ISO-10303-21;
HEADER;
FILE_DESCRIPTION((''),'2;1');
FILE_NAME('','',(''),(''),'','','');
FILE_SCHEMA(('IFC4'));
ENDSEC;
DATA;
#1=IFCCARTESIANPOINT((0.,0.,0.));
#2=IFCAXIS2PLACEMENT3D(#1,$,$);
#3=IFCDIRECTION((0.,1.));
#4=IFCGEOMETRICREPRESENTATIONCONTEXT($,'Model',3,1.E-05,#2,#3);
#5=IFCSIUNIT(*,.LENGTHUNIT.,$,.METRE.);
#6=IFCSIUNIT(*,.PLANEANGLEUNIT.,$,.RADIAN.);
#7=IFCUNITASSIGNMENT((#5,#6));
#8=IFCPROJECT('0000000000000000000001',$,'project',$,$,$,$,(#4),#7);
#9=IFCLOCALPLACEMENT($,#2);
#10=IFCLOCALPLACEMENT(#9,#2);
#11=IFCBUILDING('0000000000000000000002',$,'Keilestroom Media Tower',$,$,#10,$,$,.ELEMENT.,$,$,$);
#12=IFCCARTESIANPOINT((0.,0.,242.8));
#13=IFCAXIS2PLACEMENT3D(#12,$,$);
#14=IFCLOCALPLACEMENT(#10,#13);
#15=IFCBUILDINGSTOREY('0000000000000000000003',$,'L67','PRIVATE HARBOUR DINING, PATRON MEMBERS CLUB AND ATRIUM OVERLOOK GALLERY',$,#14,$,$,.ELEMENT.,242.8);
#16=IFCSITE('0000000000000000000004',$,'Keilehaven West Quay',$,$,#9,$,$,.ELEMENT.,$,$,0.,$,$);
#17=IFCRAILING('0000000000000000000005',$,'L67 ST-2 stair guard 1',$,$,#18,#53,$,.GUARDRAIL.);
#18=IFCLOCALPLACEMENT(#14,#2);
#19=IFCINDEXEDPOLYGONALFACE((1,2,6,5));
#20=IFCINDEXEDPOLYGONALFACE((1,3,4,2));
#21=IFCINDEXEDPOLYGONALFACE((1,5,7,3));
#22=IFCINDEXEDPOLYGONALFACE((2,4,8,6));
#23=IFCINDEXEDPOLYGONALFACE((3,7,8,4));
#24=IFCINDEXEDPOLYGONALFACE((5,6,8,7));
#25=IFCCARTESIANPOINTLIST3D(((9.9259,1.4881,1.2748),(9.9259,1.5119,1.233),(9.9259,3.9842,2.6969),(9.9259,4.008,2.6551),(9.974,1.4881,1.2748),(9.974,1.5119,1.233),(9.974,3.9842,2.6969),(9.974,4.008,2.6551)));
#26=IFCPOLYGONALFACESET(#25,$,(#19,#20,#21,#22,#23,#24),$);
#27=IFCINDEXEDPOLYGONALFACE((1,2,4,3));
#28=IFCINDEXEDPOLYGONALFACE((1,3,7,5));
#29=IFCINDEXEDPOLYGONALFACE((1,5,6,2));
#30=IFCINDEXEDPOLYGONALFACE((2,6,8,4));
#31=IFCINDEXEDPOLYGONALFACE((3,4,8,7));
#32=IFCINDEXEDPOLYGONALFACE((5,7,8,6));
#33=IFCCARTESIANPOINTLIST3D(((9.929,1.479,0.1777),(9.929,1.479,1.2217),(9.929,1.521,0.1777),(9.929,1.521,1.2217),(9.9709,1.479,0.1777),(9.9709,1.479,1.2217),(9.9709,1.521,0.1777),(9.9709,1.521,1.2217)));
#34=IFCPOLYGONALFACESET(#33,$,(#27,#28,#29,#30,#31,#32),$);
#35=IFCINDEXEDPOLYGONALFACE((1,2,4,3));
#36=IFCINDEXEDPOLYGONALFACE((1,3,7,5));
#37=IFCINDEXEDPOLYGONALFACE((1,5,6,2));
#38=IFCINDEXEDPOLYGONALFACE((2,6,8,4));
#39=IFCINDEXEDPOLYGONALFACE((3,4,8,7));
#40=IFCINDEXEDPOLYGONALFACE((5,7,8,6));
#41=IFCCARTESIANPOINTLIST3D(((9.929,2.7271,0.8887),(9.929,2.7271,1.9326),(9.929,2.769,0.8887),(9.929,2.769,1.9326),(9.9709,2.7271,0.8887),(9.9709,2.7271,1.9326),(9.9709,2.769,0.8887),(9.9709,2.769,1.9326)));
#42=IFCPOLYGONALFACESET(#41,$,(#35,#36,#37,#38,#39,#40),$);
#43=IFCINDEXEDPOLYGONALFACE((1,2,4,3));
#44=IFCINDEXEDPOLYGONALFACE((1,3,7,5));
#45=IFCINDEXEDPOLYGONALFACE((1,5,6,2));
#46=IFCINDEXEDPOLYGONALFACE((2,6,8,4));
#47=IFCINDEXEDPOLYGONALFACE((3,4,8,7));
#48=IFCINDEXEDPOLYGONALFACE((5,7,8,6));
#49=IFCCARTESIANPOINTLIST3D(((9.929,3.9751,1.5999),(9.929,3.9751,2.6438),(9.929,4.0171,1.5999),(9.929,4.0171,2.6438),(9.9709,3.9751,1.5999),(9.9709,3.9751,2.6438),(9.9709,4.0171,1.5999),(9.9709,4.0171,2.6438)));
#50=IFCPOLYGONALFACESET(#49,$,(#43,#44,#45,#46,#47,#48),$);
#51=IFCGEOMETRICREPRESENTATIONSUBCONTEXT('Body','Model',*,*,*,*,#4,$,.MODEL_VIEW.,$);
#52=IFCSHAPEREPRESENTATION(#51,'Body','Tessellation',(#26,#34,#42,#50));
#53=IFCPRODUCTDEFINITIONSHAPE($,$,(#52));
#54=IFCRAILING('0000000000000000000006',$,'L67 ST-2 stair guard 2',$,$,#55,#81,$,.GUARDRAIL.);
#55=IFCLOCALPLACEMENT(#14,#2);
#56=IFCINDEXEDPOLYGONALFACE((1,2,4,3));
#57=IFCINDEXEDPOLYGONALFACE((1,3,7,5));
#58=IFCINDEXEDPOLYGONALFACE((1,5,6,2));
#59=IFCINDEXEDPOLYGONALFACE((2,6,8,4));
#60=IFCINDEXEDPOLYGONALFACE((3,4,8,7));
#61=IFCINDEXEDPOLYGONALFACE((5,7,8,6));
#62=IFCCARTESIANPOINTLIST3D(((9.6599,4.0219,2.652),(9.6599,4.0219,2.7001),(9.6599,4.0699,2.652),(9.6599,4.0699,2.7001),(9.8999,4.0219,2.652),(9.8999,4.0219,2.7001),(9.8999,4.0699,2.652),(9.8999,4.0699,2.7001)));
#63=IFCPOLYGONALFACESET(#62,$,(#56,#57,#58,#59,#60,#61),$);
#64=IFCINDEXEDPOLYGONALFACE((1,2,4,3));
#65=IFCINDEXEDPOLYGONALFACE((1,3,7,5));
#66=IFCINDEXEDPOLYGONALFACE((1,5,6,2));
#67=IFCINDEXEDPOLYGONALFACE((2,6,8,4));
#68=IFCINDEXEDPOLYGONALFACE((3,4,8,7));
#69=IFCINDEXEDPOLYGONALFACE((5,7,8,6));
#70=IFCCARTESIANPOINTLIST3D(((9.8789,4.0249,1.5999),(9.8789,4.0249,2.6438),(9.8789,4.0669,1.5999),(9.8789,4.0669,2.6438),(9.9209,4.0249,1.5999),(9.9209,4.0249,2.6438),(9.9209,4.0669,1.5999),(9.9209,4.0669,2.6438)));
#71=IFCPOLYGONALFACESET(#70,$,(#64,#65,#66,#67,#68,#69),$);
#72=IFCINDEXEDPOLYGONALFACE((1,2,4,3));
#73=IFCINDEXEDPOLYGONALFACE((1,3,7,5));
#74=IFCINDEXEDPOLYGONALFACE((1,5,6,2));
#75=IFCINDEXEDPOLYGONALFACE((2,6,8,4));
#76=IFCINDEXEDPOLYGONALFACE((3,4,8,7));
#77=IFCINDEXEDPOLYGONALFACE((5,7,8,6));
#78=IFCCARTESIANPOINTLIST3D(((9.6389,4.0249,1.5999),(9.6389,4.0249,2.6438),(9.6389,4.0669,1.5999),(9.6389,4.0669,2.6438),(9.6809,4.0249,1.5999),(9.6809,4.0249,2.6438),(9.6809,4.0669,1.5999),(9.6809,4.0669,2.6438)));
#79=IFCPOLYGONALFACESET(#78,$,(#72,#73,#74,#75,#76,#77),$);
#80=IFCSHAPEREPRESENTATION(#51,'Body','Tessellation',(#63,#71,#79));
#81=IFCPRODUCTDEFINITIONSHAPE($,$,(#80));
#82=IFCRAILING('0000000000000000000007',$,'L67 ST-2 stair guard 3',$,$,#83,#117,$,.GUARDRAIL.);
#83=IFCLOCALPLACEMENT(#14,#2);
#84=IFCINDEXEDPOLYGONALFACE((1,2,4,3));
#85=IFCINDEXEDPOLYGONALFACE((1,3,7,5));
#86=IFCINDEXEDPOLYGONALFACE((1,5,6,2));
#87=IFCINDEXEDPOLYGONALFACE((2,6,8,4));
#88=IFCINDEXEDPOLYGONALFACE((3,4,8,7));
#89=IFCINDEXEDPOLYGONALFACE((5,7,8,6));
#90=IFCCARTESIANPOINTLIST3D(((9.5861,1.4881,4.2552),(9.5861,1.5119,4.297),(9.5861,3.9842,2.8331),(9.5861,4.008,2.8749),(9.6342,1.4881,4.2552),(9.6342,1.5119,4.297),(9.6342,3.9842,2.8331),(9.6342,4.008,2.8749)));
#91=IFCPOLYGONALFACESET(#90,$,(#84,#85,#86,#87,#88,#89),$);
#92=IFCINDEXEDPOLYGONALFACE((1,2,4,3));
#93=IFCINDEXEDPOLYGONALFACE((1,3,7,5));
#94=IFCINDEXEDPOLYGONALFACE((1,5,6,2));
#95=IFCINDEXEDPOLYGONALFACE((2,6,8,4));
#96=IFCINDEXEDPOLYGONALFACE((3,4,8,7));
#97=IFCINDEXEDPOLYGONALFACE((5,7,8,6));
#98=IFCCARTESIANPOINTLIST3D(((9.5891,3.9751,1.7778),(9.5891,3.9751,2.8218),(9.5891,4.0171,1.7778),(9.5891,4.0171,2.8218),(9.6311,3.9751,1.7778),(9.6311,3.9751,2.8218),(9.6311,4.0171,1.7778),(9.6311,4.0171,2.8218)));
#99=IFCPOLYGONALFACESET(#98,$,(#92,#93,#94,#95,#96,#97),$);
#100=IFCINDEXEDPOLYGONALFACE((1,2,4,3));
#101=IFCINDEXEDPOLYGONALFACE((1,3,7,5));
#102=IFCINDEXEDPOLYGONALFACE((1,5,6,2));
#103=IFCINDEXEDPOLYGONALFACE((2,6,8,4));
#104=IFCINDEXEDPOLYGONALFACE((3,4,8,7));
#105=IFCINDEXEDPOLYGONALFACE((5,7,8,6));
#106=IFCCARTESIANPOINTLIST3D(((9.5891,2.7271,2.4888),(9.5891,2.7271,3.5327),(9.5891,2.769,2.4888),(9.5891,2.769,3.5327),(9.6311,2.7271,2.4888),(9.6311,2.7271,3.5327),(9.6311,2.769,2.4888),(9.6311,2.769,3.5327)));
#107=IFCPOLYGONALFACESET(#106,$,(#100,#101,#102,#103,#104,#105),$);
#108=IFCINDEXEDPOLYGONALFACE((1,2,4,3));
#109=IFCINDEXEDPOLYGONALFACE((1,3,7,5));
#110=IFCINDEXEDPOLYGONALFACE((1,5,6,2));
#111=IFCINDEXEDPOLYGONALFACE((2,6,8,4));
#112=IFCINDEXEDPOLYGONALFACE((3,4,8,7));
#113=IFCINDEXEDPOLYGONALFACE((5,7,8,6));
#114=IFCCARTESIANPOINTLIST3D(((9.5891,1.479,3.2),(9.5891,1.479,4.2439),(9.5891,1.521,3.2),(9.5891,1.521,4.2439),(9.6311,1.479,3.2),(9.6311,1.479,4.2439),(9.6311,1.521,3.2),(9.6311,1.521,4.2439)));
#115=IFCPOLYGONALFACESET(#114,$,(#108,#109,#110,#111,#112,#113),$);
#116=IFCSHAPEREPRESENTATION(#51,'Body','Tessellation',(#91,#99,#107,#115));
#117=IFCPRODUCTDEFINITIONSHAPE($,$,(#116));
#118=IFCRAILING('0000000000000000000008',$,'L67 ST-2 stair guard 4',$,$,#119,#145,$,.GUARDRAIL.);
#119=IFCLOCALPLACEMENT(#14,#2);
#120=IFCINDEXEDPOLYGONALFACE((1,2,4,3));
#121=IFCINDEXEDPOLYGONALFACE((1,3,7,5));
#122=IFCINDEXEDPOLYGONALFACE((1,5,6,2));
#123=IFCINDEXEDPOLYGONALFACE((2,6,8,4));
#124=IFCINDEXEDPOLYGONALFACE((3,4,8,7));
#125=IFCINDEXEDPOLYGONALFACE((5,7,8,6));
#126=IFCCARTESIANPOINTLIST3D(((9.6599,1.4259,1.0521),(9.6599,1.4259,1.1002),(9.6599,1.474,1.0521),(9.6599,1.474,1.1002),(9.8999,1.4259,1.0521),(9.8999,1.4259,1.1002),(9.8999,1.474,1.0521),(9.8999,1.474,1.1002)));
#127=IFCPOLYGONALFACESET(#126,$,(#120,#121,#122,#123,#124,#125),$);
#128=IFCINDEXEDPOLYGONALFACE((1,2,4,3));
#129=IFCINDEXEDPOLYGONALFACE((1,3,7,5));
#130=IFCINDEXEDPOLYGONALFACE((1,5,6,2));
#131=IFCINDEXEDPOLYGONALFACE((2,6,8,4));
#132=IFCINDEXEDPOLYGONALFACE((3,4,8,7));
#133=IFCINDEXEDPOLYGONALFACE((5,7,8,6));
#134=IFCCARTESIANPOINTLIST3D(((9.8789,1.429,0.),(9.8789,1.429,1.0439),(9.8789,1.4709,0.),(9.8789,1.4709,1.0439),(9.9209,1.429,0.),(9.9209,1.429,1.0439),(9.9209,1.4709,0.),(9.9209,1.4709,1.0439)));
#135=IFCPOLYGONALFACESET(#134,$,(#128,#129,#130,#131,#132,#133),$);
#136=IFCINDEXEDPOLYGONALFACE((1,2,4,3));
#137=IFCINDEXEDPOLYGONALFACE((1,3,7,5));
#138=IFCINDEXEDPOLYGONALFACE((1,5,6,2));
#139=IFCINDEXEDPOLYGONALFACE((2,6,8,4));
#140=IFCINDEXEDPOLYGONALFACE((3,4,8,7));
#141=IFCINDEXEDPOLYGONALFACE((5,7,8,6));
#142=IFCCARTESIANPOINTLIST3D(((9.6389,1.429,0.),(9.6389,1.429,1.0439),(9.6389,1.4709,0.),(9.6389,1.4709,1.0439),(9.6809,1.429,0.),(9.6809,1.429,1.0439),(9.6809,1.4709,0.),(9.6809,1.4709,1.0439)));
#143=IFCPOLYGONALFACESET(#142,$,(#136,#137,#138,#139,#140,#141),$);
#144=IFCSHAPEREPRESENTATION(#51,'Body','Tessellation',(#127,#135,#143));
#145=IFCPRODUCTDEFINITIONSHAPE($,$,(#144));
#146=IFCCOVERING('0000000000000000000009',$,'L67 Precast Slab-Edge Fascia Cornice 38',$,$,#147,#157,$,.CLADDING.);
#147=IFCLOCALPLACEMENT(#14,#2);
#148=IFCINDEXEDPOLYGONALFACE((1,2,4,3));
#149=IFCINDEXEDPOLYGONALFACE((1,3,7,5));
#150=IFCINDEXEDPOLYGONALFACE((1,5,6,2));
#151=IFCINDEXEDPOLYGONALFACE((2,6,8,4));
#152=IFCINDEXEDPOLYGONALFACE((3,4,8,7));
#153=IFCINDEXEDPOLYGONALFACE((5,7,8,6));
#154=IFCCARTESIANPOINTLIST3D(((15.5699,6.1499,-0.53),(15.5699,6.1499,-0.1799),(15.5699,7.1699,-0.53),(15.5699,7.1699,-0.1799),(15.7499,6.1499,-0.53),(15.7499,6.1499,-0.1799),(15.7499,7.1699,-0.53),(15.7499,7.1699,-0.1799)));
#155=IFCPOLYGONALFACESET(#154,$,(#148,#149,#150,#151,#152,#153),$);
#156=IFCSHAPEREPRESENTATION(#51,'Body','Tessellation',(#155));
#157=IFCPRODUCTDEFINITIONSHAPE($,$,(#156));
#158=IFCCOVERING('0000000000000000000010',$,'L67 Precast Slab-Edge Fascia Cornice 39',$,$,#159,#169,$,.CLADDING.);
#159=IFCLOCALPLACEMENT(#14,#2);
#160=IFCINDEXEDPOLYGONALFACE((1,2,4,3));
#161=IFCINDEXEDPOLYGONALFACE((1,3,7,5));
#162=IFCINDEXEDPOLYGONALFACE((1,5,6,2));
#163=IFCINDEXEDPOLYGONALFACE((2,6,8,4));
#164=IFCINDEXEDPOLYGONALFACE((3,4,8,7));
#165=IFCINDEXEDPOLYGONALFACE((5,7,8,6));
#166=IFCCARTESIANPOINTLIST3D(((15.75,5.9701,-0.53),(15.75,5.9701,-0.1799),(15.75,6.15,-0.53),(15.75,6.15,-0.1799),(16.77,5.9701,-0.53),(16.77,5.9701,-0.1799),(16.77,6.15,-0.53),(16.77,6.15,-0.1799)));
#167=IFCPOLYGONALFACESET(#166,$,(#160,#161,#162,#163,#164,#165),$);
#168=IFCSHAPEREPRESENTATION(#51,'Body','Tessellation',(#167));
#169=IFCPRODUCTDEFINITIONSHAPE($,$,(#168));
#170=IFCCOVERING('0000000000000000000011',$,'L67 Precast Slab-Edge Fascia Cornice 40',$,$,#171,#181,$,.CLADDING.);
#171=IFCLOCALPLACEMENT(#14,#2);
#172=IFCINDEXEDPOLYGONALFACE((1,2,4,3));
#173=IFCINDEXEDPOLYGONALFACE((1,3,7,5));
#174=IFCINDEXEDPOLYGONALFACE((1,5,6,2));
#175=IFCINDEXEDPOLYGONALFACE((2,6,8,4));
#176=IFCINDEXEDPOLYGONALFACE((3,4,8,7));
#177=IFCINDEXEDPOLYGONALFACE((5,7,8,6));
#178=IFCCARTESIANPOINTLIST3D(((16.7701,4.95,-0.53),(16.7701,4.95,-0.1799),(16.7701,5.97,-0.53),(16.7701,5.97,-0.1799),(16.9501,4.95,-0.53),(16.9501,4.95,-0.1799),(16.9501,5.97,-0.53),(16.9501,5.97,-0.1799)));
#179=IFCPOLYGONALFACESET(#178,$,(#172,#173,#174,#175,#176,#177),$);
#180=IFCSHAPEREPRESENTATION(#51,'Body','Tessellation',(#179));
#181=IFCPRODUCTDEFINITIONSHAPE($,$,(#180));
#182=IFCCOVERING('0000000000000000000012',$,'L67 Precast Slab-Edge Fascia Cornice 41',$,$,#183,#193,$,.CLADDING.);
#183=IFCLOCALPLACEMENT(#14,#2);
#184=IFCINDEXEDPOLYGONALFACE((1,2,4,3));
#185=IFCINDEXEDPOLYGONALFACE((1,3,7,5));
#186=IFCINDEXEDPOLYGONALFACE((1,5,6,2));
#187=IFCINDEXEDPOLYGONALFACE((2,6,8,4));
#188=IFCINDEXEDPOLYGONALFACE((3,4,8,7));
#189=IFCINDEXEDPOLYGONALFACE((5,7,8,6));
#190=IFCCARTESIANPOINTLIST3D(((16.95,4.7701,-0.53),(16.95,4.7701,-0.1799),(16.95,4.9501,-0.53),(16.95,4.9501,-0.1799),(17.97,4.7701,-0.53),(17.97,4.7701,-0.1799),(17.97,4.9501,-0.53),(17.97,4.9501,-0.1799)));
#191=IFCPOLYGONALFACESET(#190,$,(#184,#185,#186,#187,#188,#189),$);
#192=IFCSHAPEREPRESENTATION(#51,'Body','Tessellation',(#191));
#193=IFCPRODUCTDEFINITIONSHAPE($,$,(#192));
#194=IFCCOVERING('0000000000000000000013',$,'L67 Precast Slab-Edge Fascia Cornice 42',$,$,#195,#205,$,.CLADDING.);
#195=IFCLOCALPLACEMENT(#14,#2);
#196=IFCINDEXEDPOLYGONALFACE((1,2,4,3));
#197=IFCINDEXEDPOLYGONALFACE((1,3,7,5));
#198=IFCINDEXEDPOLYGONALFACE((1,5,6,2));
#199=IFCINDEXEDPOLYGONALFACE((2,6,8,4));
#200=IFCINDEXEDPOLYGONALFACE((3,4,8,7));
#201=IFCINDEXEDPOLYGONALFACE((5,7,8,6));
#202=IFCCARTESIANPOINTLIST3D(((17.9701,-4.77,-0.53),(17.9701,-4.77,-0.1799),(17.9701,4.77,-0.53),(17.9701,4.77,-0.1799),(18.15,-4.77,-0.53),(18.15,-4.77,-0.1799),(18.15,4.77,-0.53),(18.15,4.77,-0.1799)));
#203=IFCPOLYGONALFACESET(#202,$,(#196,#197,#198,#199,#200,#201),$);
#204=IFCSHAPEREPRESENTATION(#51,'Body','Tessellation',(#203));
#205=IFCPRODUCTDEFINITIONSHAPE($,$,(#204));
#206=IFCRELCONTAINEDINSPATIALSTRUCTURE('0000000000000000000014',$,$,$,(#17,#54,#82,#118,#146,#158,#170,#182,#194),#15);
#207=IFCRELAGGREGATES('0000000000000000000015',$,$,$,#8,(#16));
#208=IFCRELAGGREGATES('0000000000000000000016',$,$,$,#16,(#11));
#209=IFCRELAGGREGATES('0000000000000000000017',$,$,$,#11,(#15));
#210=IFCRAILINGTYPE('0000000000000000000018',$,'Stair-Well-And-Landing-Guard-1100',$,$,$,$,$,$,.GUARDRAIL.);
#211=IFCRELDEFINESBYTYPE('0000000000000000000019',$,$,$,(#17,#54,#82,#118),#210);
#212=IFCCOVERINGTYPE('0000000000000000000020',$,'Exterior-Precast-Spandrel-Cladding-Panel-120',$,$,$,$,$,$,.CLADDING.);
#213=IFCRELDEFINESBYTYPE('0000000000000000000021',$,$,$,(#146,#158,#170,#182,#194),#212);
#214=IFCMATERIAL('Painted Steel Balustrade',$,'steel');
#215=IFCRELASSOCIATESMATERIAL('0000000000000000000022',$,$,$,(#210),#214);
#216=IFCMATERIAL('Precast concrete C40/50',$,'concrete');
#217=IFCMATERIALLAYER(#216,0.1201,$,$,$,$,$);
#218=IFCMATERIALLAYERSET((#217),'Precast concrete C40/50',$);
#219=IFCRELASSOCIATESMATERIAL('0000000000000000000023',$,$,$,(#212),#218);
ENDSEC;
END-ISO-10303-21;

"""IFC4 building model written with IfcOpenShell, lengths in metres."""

from ifc_helpers import new_model, si_unit, direction, frame, origin, origin_2d, place, context, subcontext, project, spatial, rectangle, extrude, source, transform, mapped, material, layer, layer_set, type_object, element, save


model = new_model("IFC4")

# Units and contexts
model_context = context("Model", 3, precision=1e-05, world=origin(), true_north=direction((0.0, 1.0)))
body_context = subcontext(model_context, "Body", "Model", "MODEL_VIEW")
ifc_project = project(units=[si_unit("LENGTHUNIT", "METRE"), si_unit("PLANEANGLEUNIT", "RADIAN")], contexts=[model_context])

# Site, building, storey
site_placement = place(None, origin())
site = spatial("IfcSite", under=ifc_project, at=site_placement, Name="Keilehaven West Quay", CompositionType="ELEMENT", RefElevation=0.0)
building_placement = place(site_placement, origin())
building = spatial("IfcBuilding", under=site, at=building_placement, Name="Keilestroom Media Tower", CompositionType="ELEMENT")
storey_placement = place(building_placement, frame((0.0, 0.0, 242.8)))
storey = spatial("IfcBuildingStorey", under=building, at=storey_placement, Name="L67", Description="PRIVATE HARBOUR DINING, PATRON MEMBERS CLUB AND ATRIUM OVERLOOK GALLERY", CompositionType="ELEMENT", Elevation=242.8)

# Shared definitions
ifc_material_1 = material(Name="Precast concrete C40/50", Category="concrete")

# Railings
ifc_material_2 = material(Name="Painted Steel Balustrade", Category="steel")
railing_type_1 = type_object("IfcRailingType", Name="Stair-Well-And-Landing-Guard-1100", PredefinedType="GUARDRAIL", material=ifc_material_2)
railing_1_placement = place(storey_placement, frame((9.95, 1.5, 0.1777)))
element("IfcRailing", 1, at=railing_1_placement, inside=storey, type_object=railing_type_1, Name="L67 ST-2 stair guard 1", PredefinedType="GUARDRAIL", context=body_context, shape_type="SweptSolid", body=[
    extrude(rectangle(XDim=0.0481, YDim=0.0481, at=origin_2d()), frame((0.0, 0.0, 1.0762), z_axis=(0.0, 0.868875, 0.495031), x_axis=(-1.0, 0.0, 0.0)), (0.0, 0.0, 1.0), 2.8728),
    extrude(rectangle(XDim=0.042, YDim=0.042, at=origin_2d()), origin(), (0.0, 0.0, 1.0), 1.0439),
    extrude(rectangle(XDim=0.042, YDim=0.042, at=origin_2d()), frame((0.0, 1.248, 0.7109)), (0.0, 0.0, 1.0), 1.0439),
    extrude(rectangle(XDim=0.042, YDim=0.042, at=origin_2d()), frame((0.0, 2.4961, 1.4221)), (0.0, 0.0, 1.0), 1.0439),
])
railing_2_placement = place(storey_placement, frame((9.8999, 4.0459, 1.5999)))
element("IfcRailing", 2, at=railing_2_placement, inside=storey, type_object=railing_type_1, Name="L67 ST-2 stair guard 2", PredefinedType="GUARDRAIL", context=body_context, shape_type="SweptSolid", body=[
    extrude(rectangle(XDim=0.0481, YDim=0.0481, at=origin_2d()), frame((0.0, 0.0, 1.0762), z_axis=(-1.0, 0.0, 0.0), x_axis=(0.0, -1.0, 0.0)), (0.0, 0.0, 1.0), 0.24),
    extrude(rectangle(XDim=0.042, YDim=0.042, at=origin_2d()), origin(), (0.0, 0.0, 1.0), 1.0439),
    extrude(rectangle(XDim=0.042, YDim=0.042, at=origin_2d()), frame((-0.24, 0.0, 0.0)), (0.0, 0.0, 1.0), 1.0439),
])
railing_3_placement = place(storey_placement, frame((9.6101, 3.9961, 1.7778)))
element("IfcRailing", 3, at=railing_3_placement, inside=storey, type_object=railing_type_1, Name="L67 ST-2 stair guard 3", PredefinedType="GUARDRAIL", context=body_context, shape_type="SweptSolid", body=[
    extrude(rectangle(XDim=0.0481, YDim=0.0481, at=origin_2d()), frame((0.0, 0.0, 1.0762), z_axis=(0.0, -0.868875, 0.495031), x_axis=(1.0, 0.0, 0.0)), (0.0, 0.0, 1.0), 2.8728),
    extrude(rectangle(XDim=0.042, YDim=0.042, at=origin_2d()), origin(), (0.0, 0.0, 1.0), 1.0439),
    extrude(rectangle(XDim=0.042, YDim=0.042, at=origin_2d()), frame((0.0, -1.248, 0.7109)), (0.0, 0.0, 1.0), 1.0439),
    extrude(rectangle(XDim=0.042, YDim=0.042, at=origin_2d()), frame((0.0, -2.4961, 1.4221)), (0.0, 0.0, 1.0), 1.0439),
])
railing_4_placement = place(storey_placement, frame((9.8999, 1.45, 0.0)))
element("IfcRailing", 4, at=railing_4_placement, inside=storey, type_object=railing_type_1, Name="L67 ST-2 stair guard 4", PredefinedType="GUARDRAIL", context=body_context, shape_type="SweptSolid", body=[
    extrude(rectangle(XDim=0.0481, YDim=0.0481, at=origin_2d()), frame((0.0, 0.0, 1.0762), z_axis=(-1.0, 0.0, 0.0), x_axis=(0.0, -1.0, 0.0)), (0.0, 0.0, 1.0), 0.24),
    extrude(rectangle(XDim=0.042, YDim=0.042, at=origin_2d()), origin(), (0.0, 0.0, 1.0), 1.0439),
    extrude(rectangle(XDim=0.042, YDim=0.042, at=origin_2d()), frame((-0.24, 0.0, 0.0)), (0.0, 0.0, 1.0), 1.0439),
])

# Coverings
ifc_layer_1 = layer(ifc_material_1, 0.1201)
ifc_layer_set_1 = layer_set([ifc_layer_1], Name="Precast concrete C40/50")
covering_type = type_object("IfcCoveringType", Name="Exterior-Precast-Spandrel-Cladding-Panel-120", PredefinedType="CLADDING", material=ifc_layer_set_1)
shared_shape_1 = source(origin(), body_context, "Body", "SweptSolid", [
    extrude(rectangle(XDim=1.02, YDim=0.1799, at=origin_2d()), origin(), (0.0, 0.0, 1.0), 0.3501),
])
for number, where, z_axis, x_axis, name in (
    (5, (15.6599, 6.6599, -0.53), (0.0, 0.0, 1.0), (0.0, -1.0, 0.0), "L67 Precast Slab-Edge Fascia Cornice 38"),
    (6, (16.26, 6.0601, -0.53), (0.0, 0.0, 1.0), (1.0, 0.0, 0.0), "L67 Precast Slab-Edge Fascia Cornice 39"),
    (7, (16.8601, 5.46, -0.53), (0.0, 0.0, 1.0), (0.0, -1.0, 0.0), "L67 Precast Slab-Edge Fascia Cornice 40"),
    (8, (17.46, 4.8601, -0.53), (0.0, 0.0, 1.0), (1.0, 0.0, 0.0), "L67 Precast Slab-Edge Fascia Cornice 41"),
):
    element("IfcCovering", number, at=place(storey_placement, frame(where, z_axis=z_axis, x_axis=x_axis)), inside=storey, type_object=covering_type, Name=name, PredefinedType="CLADDING", context=body_context, shape_type="MappedRepresentation", body=[
        mapped(shared_shape_1, transform((0.0, 0.0, 0.0), x_axis=(1.0, 0.0, 0.0), y_axis=(0.0, 1.0, 0.0), z_axis=(0.0, 0.0, 1.0), scale=1.0)),
    ])
shared_shape_2 = source(origin(), body_context, "Body", "SweptSolid", [
    extrude(rectangle(XDim=9.54, YDim=0.1799, at=origin_2d()), origin(), (0.0, 0.0, 1.0), 0.3501),
])
covering_placement = place(storey_placement, frame((18.0601, 0.0, -0.53), z_axis=(0.0, 0.0, 1.0), x_axis=(0.0, -1.0, 0.0)))
element("IfcCovering", 9, at=covering_placement, inside=storey, type_object=covering_type, Name="L67 Precast Slab-Edge Fascia Cornice 42", PredefinedType="CLADDING", context=body_context, shape_type="MappedRepresentation", body=[
    mapped(shared_shape_2, transform((0.0, 0.0, 0.0), x_axis=(1.0, 0.0, 0.0), y_axis=(0.0, 1.0, 0.0), z_axis=(0.0, 0.0, 1.0), scale=1.0)),
])

save(model, "model.ifc")
